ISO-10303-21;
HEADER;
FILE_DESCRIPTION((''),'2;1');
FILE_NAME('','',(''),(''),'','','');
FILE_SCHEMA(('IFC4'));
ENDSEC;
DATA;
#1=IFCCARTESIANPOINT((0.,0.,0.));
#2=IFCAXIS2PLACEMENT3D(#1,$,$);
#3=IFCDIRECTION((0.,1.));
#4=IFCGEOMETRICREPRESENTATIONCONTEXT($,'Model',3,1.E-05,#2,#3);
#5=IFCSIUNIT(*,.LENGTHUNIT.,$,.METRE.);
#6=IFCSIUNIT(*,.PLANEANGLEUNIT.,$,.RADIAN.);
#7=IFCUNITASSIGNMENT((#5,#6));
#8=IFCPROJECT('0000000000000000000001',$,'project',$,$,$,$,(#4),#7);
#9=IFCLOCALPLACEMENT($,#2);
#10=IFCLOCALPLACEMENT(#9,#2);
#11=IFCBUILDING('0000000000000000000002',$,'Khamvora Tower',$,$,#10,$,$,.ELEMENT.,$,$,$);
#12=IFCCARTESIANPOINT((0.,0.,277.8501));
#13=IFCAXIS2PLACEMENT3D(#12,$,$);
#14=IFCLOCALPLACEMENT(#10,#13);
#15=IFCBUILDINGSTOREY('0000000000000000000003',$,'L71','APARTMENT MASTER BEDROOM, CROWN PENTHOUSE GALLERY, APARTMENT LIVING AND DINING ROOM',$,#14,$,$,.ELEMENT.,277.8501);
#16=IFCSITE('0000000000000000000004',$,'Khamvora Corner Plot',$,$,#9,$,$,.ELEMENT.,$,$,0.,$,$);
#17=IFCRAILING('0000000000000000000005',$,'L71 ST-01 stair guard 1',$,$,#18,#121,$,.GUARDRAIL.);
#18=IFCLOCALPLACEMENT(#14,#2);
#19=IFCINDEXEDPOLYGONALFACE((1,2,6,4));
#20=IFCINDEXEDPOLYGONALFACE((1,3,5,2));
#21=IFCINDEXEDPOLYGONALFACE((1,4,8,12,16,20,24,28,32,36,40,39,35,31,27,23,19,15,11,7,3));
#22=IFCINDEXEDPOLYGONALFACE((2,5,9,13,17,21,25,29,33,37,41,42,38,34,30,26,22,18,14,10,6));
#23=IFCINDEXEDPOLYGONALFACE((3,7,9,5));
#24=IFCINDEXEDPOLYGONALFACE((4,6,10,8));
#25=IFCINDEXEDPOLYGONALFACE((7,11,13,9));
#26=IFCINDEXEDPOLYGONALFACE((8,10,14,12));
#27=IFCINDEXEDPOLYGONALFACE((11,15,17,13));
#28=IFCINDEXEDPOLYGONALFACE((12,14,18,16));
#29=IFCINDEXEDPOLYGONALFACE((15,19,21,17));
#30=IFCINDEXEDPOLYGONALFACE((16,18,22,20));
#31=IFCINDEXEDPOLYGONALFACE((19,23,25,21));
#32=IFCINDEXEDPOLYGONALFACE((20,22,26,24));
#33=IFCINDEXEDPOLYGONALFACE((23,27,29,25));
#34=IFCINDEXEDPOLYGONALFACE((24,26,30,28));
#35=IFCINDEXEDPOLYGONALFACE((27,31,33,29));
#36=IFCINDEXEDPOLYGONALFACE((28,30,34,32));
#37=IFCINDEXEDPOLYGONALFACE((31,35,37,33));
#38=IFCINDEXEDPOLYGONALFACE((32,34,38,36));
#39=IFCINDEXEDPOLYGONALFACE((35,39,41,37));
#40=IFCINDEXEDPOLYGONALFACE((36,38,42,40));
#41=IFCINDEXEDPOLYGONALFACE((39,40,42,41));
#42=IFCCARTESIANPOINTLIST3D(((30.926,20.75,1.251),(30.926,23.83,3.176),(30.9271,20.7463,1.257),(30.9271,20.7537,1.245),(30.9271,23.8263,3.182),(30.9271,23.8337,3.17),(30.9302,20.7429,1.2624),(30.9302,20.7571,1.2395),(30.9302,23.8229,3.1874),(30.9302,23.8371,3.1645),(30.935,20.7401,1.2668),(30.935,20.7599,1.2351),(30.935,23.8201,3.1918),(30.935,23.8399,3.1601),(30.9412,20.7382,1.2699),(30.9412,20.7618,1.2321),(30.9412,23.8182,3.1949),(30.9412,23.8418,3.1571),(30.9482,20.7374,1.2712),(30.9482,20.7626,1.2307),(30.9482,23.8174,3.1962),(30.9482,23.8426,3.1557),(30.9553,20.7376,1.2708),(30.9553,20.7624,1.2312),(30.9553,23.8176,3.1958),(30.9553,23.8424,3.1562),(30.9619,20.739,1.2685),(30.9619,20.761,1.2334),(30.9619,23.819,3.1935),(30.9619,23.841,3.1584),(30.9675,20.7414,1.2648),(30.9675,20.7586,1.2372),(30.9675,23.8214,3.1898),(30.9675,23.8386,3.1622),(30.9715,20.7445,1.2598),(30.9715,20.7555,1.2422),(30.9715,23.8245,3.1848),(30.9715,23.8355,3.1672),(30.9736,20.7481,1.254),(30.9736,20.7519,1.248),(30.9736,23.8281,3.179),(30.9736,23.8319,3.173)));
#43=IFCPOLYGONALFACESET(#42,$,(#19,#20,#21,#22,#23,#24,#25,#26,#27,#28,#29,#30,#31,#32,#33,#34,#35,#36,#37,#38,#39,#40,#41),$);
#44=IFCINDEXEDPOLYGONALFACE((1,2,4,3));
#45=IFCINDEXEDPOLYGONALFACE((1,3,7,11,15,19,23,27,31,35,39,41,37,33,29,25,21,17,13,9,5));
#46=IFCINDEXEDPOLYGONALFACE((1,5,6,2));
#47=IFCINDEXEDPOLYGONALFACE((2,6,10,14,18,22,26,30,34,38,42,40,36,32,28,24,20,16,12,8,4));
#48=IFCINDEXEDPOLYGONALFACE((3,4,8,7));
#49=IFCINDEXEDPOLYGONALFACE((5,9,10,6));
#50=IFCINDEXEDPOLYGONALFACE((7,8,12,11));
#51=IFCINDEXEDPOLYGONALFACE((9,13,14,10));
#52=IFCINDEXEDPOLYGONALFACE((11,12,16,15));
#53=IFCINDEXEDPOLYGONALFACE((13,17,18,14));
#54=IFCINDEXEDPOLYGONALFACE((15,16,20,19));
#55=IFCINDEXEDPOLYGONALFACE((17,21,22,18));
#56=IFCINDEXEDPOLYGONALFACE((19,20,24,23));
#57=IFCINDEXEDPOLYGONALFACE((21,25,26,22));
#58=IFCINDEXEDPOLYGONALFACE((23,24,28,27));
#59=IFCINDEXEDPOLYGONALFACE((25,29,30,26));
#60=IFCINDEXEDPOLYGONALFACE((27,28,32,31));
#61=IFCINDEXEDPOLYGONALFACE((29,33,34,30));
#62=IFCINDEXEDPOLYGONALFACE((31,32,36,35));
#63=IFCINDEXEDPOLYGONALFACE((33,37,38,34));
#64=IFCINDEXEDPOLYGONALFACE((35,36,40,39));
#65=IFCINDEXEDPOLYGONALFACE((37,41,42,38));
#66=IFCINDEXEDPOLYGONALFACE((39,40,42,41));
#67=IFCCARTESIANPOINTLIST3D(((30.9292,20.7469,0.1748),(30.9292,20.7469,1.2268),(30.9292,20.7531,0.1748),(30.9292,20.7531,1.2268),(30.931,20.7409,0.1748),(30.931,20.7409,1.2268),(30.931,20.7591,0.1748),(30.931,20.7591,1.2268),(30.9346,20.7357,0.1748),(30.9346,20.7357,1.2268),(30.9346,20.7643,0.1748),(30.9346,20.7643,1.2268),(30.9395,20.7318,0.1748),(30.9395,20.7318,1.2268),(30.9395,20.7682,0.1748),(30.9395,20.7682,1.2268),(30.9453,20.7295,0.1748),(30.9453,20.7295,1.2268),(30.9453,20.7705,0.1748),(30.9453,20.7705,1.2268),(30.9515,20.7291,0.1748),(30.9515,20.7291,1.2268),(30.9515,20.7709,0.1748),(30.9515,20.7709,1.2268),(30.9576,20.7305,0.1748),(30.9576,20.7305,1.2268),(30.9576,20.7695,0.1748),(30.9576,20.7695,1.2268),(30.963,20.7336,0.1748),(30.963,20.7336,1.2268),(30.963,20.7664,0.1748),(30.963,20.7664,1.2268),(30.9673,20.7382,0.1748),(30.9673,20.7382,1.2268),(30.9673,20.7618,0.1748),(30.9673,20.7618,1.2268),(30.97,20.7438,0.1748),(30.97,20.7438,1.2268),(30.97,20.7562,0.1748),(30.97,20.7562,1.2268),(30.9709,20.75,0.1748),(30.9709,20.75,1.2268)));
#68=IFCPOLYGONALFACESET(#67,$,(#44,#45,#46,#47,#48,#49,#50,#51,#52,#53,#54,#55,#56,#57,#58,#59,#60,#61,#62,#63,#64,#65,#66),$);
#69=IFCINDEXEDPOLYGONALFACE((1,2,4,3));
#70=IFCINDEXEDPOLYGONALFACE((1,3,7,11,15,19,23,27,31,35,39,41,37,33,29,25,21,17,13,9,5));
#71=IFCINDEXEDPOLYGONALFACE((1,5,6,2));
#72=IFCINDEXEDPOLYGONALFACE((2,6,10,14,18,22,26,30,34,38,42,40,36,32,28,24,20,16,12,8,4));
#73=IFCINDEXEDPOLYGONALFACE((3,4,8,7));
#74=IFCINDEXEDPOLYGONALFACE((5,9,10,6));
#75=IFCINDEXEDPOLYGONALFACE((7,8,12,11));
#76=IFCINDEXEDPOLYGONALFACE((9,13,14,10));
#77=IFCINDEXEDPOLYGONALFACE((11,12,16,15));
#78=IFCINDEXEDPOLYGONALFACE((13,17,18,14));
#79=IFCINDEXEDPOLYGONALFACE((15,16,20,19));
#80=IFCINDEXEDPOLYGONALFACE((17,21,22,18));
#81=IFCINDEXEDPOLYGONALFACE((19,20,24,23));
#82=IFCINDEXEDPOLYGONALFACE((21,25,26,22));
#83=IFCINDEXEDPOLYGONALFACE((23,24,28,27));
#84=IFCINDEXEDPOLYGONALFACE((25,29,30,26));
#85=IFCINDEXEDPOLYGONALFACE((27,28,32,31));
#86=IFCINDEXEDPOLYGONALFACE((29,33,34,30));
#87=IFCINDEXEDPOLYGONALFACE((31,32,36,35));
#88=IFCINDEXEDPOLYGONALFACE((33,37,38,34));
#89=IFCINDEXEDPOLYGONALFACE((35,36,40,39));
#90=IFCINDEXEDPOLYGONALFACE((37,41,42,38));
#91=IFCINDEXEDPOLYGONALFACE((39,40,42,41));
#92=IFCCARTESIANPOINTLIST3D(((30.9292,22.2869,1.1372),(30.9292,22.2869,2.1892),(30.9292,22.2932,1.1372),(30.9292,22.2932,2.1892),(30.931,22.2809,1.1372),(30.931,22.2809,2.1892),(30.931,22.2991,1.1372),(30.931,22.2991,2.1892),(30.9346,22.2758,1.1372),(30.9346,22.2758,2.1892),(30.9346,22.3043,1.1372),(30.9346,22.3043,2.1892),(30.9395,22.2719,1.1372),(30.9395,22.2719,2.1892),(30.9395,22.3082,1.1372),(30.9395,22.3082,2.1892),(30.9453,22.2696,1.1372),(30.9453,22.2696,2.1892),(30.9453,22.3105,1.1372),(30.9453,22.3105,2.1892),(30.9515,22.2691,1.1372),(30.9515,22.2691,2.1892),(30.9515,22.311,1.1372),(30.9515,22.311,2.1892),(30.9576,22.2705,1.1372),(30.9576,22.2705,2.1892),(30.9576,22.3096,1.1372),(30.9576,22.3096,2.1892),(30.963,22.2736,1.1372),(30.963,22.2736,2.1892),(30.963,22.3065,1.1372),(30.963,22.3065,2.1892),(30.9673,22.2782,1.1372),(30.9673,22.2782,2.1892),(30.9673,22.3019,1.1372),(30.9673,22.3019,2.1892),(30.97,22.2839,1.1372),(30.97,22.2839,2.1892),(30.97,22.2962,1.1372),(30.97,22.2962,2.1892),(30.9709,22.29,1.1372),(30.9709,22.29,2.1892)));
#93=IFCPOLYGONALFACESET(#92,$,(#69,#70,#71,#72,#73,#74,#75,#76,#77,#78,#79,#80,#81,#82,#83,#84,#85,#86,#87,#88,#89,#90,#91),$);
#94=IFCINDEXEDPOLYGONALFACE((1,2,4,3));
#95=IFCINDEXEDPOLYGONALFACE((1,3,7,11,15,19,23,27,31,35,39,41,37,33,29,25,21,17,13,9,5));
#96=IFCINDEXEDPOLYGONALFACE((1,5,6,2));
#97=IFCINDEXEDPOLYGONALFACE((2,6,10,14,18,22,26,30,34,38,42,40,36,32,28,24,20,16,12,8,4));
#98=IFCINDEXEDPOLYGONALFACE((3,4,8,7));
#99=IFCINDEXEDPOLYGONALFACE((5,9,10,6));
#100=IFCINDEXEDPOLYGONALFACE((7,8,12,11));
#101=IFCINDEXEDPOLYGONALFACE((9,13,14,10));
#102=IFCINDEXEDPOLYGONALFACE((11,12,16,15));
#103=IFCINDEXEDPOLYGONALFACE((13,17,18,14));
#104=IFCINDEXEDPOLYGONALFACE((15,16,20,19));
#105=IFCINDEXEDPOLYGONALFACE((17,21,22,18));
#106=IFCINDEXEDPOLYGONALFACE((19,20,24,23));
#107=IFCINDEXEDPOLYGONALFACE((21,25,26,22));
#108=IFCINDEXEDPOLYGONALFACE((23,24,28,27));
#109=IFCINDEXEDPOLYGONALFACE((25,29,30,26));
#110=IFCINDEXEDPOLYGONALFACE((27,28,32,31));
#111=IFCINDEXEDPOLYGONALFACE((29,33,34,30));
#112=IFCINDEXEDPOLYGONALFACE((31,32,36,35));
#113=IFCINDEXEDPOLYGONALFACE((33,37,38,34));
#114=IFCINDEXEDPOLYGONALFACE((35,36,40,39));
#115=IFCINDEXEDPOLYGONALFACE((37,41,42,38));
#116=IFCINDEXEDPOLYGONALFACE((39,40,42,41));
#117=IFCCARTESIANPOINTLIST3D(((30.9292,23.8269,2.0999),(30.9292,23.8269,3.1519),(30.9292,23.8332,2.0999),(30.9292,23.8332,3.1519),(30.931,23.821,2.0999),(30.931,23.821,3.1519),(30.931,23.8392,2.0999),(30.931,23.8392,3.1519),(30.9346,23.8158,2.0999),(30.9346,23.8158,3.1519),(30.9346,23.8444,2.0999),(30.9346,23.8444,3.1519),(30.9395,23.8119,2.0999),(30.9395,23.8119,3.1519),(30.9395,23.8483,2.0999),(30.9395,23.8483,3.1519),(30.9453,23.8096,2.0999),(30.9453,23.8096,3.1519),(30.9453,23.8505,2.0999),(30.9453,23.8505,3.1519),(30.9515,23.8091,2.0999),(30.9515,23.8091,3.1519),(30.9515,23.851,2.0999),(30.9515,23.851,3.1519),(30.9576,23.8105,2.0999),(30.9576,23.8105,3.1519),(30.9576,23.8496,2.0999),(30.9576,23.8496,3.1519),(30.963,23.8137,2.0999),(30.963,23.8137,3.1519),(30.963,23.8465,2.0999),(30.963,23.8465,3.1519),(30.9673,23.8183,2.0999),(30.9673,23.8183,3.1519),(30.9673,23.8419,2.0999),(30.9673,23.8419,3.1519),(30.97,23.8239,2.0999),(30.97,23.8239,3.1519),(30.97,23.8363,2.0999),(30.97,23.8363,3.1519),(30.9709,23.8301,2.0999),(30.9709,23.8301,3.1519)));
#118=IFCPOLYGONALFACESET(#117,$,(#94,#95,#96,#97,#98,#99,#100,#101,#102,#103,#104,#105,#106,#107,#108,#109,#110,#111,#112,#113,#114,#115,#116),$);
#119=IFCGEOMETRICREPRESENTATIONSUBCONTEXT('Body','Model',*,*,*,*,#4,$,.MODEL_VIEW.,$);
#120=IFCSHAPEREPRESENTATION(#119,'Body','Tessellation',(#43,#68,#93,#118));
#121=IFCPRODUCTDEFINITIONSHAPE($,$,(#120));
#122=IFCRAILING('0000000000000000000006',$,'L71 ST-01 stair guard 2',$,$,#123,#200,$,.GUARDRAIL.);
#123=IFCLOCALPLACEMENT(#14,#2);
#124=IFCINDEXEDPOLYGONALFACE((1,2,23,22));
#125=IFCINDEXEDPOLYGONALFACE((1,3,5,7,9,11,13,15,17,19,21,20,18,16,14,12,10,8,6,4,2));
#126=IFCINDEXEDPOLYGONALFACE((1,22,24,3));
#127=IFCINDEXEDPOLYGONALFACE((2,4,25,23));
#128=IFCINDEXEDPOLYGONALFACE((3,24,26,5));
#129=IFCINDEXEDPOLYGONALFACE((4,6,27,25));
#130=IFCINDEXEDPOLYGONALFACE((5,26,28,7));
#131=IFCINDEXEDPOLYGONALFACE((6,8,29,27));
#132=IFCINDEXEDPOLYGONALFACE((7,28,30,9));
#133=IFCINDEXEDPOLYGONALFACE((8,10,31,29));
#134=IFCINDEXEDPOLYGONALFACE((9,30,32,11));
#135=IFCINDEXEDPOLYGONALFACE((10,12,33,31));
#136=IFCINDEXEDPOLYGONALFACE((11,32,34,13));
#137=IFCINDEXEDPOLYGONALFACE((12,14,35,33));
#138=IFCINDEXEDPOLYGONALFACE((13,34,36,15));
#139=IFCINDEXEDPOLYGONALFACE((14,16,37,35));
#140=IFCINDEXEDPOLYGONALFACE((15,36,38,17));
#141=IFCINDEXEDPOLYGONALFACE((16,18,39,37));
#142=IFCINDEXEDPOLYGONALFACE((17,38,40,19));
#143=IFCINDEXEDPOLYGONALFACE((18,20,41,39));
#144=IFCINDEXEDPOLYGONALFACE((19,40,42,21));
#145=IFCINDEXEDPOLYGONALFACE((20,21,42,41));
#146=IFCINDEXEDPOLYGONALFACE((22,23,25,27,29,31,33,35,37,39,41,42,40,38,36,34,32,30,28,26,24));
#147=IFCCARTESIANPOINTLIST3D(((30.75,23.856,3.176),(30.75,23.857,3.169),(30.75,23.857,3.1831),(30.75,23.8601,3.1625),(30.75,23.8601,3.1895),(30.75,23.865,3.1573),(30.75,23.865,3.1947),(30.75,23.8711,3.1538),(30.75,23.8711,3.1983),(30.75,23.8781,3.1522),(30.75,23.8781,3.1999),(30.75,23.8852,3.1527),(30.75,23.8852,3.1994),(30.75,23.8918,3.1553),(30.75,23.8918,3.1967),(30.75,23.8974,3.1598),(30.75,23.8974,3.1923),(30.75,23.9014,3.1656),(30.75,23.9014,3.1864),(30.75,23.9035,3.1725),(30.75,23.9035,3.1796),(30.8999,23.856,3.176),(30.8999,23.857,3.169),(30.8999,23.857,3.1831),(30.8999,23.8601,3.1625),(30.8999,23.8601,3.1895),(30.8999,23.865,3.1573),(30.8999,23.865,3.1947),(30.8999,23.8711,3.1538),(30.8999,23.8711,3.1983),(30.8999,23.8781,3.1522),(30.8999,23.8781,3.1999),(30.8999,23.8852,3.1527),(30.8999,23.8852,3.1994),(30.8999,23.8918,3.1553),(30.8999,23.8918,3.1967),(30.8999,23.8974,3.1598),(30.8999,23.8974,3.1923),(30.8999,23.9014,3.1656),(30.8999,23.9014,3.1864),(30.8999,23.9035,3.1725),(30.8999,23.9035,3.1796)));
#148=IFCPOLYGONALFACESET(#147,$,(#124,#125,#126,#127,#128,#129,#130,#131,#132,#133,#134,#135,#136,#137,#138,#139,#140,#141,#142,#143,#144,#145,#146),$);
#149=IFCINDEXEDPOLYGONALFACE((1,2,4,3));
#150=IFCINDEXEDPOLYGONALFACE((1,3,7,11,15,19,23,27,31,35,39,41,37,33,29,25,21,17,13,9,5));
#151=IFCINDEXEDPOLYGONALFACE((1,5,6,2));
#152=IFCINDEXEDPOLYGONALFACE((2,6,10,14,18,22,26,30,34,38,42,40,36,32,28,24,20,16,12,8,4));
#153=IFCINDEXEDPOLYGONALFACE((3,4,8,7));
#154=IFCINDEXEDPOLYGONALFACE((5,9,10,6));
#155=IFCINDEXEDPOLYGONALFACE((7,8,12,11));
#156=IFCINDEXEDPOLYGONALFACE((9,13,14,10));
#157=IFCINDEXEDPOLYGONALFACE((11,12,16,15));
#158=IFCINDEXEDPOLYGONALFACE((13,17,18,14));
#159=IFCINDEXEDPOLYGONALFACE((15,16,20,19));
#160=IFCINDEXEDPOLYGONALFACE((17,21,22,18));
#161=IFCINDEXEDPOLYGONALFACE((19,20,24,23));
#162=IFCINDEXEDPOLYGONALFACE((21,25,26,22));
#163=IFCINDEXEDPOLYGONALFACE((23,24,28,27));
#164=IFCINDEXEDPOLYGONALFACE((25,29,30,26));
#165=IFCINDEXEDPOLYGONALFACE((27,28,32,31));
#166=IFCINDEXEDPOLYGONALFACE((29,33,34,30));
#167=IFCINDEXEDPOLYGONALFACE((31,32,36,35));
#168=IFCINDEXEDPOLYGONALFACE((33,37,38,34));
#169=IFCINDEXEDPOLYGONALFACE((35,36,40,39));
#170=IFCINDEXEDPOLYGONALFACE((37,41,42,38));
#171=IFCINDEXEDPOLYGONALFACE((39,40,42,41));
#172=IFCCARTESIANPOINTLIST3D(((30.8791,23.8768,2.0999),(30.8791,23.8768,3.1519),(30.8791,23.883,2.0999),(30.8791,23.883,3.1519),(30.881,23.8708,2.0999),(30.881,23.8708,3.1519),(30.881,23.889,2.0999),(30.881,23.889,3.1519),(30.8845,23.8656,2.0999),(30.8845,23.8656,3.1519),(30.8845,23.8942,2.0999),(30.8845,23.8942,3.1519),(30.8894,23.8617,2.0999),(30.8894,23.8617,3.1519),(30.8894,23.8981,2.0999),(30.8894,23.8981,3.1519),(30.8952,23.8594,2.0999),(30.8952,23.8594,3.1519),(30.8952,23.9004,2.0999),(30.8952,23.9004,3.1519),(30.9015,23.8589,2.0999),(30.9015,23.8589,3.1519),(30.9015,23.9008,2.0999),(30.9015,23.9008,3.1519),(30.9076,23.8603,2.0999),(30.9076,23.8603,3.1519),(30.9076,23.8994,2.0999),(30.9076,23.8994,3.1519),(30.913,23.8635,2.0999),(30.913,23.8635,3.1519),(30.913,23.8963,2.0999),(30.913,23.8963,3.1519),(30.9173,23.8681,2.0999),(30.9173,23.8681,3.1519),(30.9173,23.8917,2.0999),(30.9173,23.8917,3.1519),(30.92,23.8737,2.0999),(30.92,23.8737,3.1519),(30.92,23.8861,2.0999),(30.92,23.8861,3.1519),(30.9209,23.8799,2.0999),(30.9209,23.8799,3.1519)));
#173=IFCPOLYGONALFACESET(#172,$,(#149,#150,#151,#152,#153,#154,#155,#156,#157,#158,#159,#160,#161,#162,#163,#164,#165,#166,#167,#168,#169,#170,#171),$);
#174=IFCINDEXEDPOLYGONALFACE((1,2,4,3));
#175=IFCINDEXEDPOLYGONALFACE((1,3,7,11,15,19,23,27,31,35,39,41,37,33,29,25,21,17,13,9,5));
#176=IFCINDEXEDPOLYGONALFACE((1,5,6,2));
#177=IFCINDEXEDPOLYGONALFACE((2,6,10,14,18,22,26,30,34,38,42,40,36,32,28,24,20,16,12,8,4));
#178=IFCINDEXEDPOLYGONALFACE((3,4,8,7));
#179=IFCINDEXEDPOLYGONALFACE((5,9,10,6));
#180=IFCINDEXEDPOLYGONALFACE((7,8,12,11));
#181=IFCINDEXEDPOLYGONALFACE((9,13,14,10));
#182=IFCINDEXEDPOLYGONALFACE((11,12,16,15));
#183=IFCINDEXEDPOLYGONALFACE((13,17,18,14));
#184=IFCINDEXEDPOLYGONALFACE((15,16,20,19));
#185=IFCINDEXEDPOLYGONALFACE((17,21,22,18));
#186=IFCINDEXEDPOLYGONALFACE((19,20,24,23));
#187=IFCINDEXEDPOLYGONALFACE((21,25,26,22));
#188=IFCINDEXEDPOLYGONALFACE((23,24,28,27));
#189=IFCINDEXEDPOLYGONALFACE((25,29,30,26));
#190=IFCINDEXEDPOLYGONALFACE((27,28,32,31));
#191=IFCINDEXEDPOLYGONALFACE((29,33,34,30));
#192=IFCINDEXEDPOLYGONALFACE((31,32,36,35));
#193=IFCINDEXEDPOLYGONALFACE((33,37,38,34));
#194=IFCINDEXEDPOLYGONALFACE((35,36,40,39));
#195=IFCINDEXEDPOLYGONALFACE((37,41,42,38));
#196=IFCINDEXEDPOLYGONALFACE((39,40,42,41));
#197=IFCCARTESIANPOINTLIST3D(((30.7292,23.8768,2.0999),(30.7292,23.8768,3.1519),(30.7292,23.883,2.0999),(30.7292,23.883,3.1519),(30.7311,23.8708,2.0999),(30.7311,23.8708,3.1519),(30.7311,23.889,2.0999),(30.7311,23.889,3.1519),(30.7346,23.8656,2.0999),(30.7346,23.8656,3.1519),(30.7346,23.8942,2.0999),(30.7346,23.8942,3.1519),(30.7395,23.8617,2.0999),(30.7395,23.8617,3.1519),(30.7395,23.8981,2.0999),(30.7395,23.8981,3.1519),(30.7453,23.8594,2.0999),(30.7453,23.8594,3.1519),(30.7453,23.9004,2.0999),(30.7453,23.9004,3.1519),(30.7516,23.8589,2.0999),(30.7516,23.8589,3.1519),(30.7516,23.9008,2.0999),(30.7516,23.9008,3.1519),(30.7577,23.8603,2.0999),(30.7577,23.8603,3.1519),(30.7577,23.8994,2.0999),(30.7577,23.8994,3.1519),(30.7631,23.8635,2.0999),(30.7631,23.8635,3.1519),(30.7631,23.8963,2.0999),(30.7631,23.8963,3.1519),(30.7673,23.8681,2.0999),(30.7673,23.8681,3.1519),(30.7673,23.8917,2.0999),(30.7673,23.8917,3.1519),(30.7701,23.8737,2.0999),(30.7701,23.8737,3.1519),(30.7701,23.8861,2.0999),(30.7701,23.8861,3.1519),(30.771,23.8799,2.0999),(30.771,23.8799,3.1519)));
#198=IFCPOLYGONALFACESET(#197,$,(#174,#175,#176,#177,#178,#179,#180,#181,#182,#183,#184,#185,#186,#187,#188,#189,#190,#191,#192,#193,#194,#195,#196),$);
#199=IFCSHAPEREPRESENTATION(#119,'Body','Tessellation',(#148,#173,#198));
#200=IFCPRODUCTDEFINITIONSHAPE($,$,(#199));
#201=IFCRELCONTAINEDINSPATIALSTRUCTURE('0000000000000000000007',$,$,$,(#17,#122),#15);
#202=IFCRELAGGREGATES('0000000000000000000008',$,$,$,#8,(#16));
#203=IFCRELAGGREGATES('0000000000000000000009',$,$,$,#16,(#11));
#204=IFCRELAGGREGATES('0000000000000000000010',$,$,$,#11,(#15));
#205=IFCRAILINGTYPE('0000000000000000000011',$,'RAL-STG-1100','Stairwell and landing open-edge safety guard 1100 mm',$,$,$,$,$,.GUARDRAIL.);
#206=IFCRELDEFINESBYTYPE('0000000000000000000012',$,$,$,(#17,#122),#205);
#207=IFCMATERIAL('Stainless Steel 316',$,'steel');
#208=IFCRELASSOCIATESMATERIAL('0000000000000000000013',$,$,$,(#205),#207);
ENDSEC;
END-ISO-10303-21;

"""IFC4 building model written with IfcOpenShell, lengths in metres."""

from ifc_helpers import new_model, si_unit, direction, frame, origin, origin_2d, place, context, subcontext, project, spatial, circle, extrude, material, type_object, element, save


model = new_model("IFC4")

# Units and contexts
model_context = context("Model", 3, precision=1e-05, world=origin(), true_north=direction((0.0, 1.0)))
body_context = subcontext(model_context, "Body", "Model", "MODEL_VIEW")
ifc_project = project(units=[si_unit("LENGTHUNIT", "METRE"), si_unit("PLANEANGLEUNIT", "RADIAN")], contexts=[model_context])

# Site, building, storey
site_placement = place(None, origin())
site = spatial("IfcSite", under=ifc_project, at=site_placement, Name="Khamvora Corner Plot", CompositionType="ELEMENT", RefElevation=0.0)
building_placement = place(site_placement, origin())
building = spatial("IfcBuilding", under=site, at=building_placement, Name="Khamvora Tower", CompositionType="ELEMENT")
storey_placement = place(building_placement, frame((0.0, 0.0, 277.8501)))
storey = spatial("IfcBuildingStorey", under=building, at=storey_placement, Name="L71", Description="APARTMENT MASTER BEDROOM, CROWN PENTHOUSE GALLERY, APARTMENT LIVING AND DINING ROOM", CompositionType="ELEMENT", Elevation=277.8501)

# Railings
ifc_material_1 = material(Name="Stainless Steel 316", Category="steel")
railing_type_1 = type_object("IfcRailingType", Name="RAL-STG-1100", Description="Stairwell and landing open-edge safety guard 1100 mm", PredefinedType="GUARDRAIL", material=ifc_material_1)
railing_1_placement = place(storey_placement, frame((30.95, 20.75, 0.1748)))
element("IfcRailing", 1, at=railing_1_placement, inside=storey, type_object=railing_type_1, Name="L71 ST-01 stair guard 1", PredefinedType="GUARDRAIL", context=body_context, shape_type="SweptSolid", body=[
    extrude(circle(Radius=0.0239, at=origin_2d()), frame((0.0, 0.0, 1.0762), z_axis=(0.0, 0.847998, 0.529999), x_axis=(-1.0, 0.0, 0.0)), (0.0, 0.0, 1.0), 3.6321),
    extrude(circle(Radius=0.021, at=origin_2d()), origin(), (0.0, 0.0, 1.0), 1.052),
    extrude(circle(Radius=0.021, at=origin_2d()), frame((0.0, 1.54, 0.9624)), (0.0, 0.0, 1.0), 1.052),
    extrude(circle(Radius=0.021, at=origin_2d()), frame((0.0, 3.0801, 1.925)), (0.0, 0.0, 1.0), 1.052),
])
railing_2_placement = place(storey_placement, frame((30.8999, 23.8799, 2.0999)))
element("IfcRailing", 2, at=railing_2_placement, inside=storey, type_object=railing_type_1, Name="L71 ST-01 stair guard 2", PredefinedType="GUARDRAIL", context=body_context, shape_type="SweptSolid", body=[
    extrude(circle(Radius=0.0239, at=origin_2d()), frame((0.0, 0.0, 1.0762), z_axis=(-1.0, 0.0, 0.0), x_axis=(0.0, -1.0, 0.0)), (0.0, 0.0, 1.0), 0.1499),
    extrude(circle(Radius=0.021, at=origin_2d()), origin(), (0.0, 0.0, 1.0), 1.052),
    extrude(circle(Radius=0.021, at=origin_2d()), frame((-0.1499, 0.0, 0.0)), (0.0, 0.0, 1.0), 1.052),
])

save(model, "model.ifc")
